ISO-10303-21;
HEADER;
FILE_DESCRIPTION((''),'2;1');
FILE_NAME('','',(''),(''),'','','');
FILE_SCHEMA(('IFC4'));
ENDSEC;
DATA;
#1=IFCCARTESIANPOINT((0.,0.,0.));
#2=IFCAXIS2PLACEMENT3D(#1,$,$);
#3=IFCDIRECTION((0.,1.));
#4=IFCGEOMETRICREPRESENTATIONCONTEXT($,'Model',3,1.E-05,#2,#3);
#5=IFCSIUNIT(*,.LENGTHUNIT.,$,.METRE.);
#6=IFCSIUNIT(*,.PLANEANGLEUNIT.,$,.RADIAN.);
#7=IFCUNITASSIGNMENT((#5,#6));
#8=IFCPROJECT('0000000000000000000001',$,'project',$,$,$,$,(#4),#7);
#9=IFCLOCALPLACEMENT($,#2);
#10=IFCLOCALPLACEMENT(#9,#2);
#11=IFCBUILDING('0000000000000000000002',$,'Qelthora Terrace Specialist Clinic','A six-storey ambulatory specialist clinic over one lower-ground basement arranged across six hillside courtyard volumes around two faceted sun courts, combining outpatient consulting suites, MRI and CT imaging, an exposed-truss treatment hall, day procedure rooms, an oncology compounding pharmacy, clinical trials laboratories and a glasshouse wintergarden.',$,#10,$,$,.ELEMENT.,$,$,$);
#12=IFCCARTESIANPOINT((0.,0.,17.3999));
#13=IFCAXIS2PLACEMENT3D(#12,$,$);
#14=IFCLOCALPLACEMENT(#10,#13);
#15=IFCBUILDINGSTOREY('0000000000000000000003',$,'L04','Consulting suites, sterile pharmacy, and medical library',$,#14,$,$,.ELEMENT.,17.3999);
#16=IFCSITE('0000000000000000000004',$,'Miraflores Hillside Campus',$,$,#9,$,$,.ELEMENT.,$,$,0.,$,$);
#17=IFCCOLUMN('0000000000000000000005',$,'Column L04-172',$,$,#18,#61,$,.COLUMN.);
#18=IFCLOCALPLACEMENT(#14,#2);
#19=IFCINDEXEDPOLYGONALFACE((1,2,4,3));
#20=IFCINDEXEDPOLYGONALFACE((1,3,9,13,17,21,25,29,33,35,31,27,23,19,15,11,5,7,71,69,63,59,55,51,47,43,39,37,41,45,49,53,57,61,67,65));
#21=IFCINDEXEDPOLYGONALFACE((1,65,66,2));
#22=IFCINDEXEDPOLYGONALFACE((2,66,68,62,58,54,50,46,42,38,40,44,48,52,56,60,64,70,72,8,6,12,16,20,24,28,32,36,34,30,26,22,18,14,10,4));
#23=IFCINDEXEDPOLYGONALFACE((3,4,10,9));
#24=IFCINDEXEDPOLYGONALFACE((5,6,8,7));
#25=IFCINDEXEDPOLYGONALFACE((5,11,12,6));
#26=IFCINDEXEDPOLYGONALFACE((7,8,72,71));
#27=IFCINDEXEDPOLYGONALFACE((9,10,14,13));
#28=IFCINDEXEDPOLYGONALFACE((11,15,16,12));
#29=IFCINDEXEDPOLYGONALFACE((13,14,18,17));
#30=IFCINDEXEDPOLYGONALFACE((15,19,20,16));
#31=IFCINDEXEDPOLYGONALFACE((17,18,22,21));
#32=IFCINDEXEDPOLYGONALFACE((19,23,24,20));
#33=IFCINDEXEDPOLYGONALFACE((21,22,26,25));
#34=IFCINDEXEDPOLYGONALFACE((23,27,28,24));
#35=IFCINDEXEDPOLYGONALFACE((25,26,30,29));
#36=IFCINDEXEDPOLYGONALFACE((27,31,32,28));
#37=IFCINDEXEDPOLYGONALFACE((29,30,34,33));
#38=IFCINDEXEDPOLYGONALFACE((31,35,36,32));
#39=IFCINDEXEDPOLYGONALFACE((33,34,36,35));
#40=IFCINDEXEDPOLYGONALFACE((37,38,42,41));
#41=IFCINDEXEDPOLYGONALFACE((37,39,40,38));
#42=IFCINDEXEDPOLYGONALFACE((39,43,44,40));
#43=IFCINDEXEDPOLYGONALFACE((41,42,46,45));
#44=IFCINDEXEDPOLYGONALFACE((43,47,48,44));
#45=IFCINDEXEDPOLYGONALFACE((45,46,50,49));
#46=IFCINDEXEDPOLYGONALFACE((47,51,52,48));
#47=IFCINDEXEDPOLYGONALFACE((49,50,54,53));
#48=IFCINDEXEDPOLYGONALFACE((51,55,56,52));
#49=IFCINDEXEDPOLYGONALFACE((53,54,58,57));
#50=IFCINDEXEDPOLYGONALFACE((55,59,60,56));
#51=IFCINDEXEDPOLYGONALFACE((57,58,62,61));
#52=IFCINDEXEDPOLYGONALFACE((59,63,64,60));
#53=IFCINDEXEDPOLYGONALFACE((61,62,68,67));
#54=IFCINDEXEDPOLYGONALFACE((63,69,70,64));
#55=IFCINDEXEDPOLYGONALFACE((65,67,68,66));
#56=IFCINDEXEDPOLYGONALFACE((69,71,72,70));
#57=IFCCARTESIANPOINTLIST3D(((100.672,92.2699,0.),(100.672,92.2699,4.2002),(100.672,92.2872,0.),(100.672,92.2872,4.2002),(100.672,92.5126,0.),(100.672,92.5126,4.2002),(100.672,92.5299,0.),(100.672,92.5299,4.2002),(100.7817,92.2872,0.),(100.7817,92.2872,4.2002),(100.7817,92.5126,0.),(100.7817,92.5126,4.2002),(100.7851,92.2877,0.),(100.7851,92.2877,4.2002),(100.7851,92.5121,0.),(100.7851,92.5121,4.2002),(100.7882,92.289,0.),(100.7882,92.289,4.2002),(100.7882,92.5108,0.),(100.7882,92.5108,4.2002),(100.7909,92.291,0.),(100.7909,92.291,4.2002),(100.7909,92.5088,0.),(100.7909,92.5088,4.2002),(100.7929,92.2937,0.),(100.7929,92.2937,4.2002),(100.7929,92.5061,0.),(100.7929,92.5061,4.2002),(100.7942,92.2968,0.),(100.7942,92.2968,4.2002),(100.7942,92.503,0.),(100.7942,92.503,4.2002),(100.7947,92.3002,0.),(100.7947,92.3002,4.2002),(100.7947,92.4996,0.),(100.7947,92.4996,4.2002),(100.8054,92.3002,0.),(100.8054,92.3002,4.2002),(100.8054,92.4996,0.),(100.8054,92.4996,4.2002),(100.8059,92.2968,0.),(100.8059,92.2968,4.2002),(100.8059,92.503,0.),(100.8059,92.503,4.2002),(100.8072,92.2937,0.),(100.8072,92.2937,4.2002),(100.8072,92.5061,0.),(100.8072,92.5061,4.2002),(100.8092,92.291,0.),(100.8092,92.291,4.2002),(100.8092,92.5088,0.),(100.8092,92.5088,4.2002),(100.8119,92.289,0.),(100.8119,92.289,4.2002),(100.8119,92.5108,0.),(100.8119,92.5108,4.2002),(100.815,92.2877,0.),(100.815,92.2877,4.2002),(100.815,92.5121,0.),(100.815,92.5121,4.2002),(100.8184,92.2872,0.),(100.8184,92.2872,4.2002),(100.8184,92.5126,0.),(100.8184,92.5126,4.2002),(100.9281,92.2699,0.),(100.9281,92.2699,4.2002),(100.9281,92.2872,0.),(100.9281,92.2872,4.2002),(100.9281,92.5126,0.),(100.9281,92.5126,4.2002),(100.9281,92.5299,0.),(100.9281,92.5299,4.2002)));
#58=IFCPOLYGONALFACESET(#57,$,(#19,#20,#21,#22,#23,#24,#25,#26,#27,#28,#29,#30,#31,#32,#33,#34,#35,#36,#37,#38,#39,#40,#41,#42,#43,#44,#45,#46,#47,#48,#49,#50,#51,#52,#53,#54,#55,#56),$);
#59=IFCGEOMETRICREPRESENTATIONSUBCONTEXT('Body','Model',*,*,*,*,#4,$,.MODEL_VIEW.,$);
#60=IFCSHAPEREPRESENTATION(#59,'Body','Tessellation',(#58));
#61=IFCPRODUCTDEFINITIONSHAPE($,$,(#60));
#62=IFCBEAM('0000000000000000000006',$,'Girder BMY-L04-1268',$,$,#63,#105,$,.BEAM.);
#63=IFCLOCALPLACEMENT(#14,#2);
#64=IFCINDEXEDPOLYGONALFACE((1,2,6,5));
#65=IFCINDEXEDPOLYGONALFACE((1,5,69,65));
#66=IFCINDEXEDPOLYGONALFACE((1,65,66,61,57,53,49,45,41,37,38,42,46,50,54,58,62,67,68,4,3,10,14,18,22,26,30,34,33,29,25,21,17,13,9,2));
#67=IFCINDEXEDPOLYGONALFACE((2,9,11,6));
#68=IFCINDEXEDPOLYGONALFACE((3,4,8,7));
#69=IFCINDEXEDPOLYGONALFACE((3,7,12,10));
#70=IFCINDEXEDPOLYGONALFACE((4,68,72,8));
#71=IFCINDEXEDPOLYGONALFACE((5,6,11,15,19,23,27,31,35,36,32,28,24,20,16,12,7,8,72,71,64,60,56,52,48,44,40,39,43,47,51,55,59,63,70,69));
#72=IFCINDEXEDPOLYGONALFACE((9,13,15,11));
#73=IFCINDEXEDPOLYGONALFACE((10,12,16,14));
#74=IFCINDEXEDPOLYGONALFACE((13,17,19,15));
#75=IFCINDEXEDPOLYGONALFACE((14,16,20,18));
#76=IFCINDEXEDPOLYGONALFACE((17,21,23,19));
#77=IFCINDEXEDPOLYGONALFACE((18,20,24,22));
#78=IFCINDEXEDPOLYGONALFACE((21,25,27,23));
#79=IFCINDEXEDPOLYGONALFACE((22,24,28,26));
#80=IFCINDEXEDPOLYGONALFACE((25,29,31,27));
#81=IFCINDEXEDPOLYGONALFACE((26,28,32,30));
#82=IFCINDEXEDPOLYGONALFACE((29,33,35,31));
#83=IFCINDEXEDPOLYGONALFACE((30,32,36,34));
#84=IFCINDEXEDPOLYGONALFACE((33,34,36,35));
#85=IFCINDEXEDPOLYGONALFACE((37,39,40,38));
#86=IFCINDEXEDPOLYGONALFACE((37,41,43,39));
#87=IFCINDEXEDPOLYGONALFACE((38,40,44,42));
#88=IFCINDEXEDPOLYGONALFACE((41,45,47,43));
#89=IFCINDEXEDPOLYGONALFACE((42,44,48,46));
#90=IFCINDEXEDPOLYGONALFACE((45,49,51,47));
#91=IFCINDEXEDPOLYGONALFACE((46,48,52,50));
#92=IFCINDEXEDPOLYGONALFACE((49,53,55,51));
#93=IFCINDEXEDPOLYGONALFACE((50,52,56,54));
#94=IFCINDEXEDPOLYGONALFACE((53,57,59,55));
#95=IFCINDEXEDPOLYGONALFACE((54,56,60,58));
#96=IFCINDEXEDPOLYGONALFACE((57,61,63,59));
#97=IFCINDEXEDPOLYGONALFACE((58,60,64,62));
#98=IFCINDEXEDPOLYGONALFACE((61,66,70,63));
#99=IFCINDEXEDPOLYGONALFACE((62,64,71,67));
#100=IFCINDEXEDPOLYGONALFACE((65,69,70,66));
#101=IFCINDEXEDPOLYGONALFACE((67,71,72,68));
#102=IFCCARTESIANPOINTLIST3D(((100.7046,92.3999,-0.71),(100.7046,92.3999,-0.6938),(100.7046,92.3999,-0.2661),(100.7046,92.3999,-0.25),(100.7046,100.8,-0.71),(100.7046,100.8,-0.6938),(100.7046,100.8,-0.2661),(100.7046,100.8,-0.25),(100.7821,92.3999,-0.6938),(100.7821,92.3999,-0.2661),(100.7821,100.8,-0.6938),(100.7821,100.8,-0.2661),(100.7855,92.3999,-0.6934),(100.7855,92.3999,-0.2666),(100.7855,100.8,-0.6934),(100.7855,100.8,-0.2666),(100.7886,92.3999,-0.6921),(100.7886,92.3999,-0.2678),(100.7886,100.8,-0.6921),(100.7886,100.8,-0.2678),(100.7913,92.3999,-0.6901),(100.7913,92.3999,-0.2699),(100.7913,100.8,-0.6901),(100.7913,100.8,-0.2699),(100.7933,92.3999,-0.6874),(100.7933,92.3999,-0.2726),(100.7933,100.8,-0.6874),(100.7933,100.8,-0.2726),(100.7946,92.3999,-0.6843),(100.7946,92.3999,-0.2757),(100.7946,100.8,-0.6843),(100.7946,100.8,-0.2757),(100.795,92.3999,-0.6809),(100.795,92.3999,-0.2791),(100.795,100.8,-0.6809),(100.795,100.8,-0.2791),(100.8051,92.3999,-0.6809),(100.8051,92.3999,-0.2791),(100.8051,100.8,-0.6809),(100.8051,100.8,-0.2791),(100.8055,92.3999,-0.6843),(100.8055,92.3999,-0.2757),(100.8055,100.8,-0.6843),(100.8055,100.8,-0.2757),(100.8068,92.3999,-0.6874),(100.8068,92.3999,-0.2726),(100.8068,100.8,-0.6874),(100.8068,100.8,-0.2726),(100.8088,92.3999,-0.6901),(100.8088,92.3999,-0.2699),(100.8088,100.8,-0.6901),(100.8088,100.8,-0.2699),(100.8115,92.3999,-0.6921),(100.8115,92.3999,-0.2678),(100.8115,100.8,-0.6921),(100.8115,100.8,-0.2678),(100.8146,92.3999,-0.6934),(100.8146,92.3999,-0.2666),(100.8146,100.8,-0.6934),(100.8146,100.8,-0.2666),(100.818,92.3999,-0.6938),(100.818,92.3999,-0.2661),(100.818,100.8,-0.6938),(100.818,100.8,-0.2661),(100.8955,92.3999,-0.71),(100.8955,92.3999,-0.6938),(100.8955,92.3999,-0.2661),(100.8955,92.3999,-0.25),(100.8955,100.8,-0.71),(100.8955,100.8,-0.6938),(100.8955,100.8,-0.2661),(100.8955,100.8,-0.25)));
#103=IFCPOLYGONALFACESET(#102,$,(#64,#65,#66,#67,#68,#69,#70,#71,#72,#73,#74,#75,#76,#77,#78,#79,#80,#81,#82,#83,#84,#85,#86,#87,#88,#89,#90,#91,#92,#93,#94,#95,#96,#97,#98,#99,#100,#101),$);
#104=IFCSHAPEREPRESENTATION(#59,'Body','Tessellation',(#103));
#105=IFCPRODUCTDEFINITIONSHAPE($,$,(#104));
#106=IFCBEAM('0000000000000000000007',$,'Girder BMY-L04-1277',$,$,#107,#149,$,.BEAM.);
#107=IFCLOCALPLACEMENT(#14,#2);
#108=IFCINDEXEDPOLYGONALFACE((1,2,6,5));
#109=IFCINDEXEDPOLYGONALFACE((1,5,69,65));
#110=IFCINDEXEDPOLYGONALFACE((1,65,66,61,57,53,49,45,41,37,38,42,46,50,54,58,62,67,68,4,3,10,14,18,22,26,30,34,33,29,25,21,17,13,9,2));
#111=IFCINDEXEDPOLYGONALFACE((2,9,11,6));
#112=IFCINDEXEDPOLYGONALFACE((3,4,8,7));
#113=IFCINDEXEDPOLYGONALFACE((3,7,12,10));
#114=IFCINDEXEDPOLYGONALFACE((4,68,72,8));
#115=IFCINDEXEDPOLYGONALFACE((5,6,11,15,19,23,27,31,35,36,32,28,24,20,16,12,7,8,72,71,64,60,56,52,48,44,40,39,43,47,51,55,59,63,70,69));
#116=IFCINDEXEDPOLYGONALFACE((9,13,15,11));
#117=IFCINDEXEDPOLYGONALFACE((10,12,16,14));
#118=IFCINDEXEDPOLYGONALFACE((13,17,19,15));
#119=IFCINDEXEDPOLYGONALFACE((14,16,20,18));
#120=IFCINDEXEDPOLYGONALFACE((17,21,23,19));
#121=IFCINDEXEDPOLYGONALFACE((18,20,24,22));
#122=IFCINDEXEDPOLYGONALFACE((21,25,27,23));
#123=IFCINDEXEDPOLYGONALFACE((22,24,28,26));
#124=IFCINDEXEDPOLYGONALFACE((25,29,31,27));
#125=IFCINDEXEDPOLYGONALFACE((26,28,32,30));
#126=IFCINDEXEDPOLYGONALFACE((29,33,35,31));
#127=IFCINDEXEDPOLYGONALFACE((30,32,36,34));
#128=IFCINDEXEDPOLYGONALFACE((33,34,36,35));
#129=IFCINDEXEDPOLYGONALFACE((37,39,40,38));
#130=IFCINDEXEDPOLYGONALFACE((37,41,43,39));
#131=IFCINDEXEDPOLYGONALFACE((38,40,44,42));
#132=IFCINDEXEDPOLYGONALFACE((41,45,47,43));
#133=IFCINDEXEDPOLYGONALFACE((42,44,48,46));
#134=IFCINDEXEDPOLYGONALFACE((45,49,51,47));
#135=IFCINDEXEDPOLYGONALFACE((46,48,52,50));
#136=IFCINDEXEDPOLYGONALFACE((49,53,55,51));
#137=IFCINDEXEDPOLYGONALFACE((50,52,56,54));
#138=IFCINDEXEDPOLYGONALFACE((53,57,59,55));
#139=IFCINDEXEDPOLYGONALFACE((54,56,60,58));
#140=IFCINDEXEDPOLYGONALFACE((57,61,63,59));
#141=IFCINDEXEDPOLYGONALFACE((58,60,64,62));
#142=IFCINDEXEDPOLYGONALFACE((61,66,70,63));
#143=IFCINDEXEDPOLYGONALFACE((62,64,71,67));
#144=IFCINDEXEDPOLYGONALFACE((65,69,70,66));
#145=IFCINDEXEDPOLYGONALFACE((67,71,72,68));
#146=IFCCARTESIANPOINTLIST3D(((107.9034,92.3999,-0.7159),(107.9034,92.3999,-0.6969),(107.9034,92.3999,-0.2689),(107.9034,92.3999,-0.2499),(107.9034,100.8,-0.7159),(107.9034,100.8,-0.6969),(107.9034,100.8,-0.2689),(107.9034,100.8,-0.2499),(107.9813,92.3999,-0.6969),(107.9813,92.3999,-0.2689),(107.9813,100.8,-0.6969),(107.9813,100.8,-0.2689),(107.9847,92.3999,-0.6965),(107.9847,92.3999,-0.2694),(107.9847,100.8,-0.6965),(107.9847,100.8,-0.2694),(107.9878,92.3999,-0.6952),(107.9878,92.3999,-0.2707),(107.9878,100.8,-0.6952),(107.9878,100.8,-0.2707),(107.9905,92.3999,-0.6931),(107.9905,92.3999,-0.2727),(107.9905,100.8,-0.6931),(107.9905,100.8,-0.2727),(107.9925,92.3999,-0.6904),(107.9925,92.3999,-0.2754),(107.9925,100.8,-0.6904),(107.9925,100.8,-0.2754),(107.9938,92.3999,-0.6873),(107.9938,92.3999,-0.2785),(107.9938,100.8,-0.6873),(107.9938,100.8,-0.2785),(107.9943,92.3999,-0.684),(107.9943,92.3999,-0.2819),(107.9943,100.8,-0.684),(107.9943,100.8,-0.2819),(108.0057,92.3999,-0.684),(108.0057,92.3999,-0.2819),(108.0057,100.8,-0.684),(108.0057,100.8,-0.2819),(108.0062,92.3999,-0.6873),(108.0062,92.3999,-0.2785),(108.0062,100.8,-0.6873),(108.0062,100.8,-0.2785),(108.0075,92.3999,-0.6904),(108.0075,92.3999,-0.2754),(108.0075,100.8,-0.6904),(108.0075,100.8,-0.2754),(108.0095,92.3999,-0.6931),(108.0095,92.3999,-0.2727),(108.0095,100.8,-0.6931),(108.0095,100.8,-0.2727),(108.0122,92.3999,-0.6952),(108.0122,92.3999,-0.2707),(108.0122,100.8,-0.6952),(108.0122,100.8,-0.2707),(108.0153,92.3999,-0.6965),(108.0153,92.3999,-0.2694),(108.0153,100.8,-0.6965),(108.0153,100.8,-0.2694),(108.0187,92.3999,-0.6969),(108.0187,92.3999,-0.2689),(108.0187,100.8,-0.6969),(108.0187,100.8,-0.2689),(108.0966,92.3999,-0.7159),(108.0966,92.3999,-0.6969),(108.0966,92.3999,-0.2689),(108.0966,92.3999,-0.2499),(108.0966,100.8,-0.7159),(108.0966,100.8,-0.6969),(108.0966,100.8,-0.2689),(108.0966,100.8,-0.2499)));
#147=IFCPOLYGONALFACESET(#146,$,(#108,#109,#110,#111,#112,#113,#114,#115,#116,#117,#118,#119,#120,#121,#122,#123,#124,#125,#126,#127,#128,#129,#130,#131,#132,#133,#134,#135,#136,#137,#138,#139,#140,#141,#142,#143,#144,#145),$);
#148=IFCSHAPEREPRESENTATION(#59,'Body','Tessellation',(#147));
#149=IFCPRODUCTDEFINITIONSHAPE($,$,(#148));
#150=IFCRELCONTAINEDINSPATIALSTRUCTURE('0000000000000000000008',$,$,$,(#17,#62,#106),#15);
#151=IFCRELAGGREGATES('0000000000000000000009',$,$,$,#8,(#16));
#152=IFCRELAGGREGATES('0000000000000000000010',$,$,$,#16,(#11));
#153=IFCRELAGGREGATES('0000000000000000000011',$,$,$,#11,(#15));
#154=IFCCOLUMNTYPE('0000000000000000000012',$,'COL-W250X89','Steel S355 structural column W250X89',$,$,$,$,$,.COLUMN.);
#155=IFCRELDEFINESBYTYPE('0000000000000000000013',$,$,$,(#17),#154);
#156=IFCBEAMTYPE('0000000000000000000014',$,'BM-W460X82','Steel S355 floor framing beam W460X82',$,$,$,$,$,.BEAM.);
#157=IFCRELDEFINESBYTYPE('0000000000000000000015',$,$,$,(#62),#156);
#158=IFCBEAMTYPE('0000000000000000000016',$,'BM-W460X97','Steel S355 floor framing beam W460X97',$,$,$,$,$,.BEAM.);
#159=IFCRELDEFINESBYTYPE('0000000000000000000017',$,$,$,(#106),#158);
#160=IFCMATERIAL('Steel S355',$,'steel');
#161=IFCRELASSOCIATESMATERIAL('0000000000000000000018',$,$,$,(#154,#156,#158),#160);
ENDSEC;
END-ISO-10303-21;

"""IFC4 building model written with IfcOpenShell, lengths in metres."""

from ifc_helpers import new_model, si_unit, direction, frame, origin, origin_2d, place, context, subcontext, project, spatial, i_section, extrude, material, material_profile, profile_set, type_object, element, save


model = new_model("IFC4")

# Units and contexts
model_context = context("Model", 3, precision=1e-05, world=origin(), true_north=direction((0.0, 1.0)))
body_context = subcontext(model_context, "Body", "Model", "MODEL_VIEW")
ifc_project = project(units=[si_unit("LENGTHUNIT", "METRE"), si_unit("PLANEANGLEUNIT", "RADIAN")], contexts=[model_context])

# Site, building, storey
site_placement = place(None, origin())
site = spatial("IfcSite", under=ifc_project, at=site_placement, Name="Miraflores Hillside Campus", CompositionType="ELEMENT", RefElevation=0.0)
building_placement = place(site_placement, origin())
building = spatial("IfcBuilding", under=site, at=building_placement, Name="Qelthora Terrace Specialist Clinic", Description="A six-storey ambulatory specialist clinic over one lower-ground basement arranged across six hillside courtyard volumes around two faceted sun courts, combining outpatient consulting suites, MRI and CT imaging, an exposed-truss treatment hall, day procedure rooms, an oncology compounding pharmacy, clinical trials laboratories and a glasshouse wintergarden.", CompositionType="ELEMENT")
storey_placement = place(building_placement, frame((0.0, 0.0, 17.3999)))
storey = spatial("IfcBuildingStorey", under=building, at=storey_placement, Name="L04", Description="Consulting suites, sterile pharmacy, and medical library", CompositionType="ELEMENT", Elevation=17.3999)

# Column
ifc_material_1 = material(Name="Steel S355", Category="steel")
ifc_material_profile_1 = material_profile(ifc_material_1, i_section(OverallWidth=0.2561, OverallDepth=0.26, WebThickness=0.0107, FlangeThickness=0.0173, FilletRadius=0.0129, at=origin_2d()), Name="W250X89")
ifc_profile_set_1 = profile_set([ifc_material_profile_1], Name="Steel S355")
column_type = type_object("IfcColumnType", Name="COL-W250X89", Description="Steel S355 structural column W250X89", PredefinedType="COLUMN", material=ifc_profile_set_1)
column_placement = place(storey_placement, frame((100.8, 92.3999, 0.0), z_axis=(0.0, 0.0, 1.0), x_axis=(1.0, 0.0, 0.0)))
element("IfcColumn", 1, at=column_placement, inside=storey, type_object=column_type, Name="Column L04-172", PredefinedType="COLUMN", context=body_context, shape_type="SweptSolid", body=[
    extrude(i_section(OverallWidth=0.2561, OverallDepth=0.26, WebThickness=0.0107, FlangeThickness=0.0173, FilletRadius=0.0129, at=origin_2d()), origin(), (0.0, 0.0, 1.0), 4.2002),
])

# Beams
ifc_material_profile_2 = material_profile(ifc_material_1, i_section(OverallWidth=0.1909, OverallDepth=0.46, WebThickness=0.01, FlangeThickness=0.0161, FilletRadius=0.0129, at=origin_2d()), Name="W460X82")
ifc_profile_set_2 = profile_set([ifc_material_profile_2], Name="Steel S355")
beam_type_1 = type_object("IfcBeamType", Name="BM-W460X82", Description="Steel S355 floor framing beam W460X82", PredefinedType="BEAM", material=ifc_profile_set_2)
beam_1_placement = place(storey_placement, frame((100.8, 92.3999, -0.48), z_axis=(0.0, 1.0, 0.0), x_axis=(-1.0, 0.0, 0.0)))
element("IfcBeam", 2, at=beam_1_placement, inside=storey, type_object=beam_type_1, Name="Girder BMY-L04-1268", PredefinedType="BEAM", context=body_context, shape_type="SweptSolid", body=[
    extrude(i_section(OverallWidth=0.1909, OverallDepth=0.46, WebThickness=0.01, FlangeThickness=0.0161, FilletRadius=0.0129, at=origin_2d()), origin(), (0.0, 0.0, 1.0), 8.4001),
])
ifc_material_profile_3 = material_profile(ifc_material_1, i_section(OverallWidth=0.1931, OverallDepth=0.4661, WebThickness=0.0115, FlangeThickness=0.019, FilletRadius=0.0129, at=origin_2d()), Name="W460X97")
ifc_profile_set_3 = profile_set([ifc_material_profile_3], Name="Steel S355")
beam_type_2 = type_object("IfcBeamType", Name="BM-W460X97", Description="Steel S355 floor framing beam W460X97", PredefinedType="BEAM", material=ifc_profile_set_3)
beam_2_placement = place(storey_placement, frame((108.0, 92.3999, -0.4829), z_axis=(0.0, 1.0, 0.0), x_axis=(-1.0, 0.0, 0.0)))
element("IfcBeam", 3, at=beam_2_placement, inside=storey, type_object=beam_type_2, Name="Girder BMY-L04-1277", PredefinedType="BEAM", context=body_context, shape_type="SweptSolid", body=[
    extrude(i_section(OverallWidth=0.1931, OverallDepth=0.4661, WebThickness=0.0115, FlangeThickness=0.019, FilletRadius=0.0129, at=origin_2d()), origin(), (0.0, 0.0, 1.0), 8.4001),
])

save(model, "model.ifc")
